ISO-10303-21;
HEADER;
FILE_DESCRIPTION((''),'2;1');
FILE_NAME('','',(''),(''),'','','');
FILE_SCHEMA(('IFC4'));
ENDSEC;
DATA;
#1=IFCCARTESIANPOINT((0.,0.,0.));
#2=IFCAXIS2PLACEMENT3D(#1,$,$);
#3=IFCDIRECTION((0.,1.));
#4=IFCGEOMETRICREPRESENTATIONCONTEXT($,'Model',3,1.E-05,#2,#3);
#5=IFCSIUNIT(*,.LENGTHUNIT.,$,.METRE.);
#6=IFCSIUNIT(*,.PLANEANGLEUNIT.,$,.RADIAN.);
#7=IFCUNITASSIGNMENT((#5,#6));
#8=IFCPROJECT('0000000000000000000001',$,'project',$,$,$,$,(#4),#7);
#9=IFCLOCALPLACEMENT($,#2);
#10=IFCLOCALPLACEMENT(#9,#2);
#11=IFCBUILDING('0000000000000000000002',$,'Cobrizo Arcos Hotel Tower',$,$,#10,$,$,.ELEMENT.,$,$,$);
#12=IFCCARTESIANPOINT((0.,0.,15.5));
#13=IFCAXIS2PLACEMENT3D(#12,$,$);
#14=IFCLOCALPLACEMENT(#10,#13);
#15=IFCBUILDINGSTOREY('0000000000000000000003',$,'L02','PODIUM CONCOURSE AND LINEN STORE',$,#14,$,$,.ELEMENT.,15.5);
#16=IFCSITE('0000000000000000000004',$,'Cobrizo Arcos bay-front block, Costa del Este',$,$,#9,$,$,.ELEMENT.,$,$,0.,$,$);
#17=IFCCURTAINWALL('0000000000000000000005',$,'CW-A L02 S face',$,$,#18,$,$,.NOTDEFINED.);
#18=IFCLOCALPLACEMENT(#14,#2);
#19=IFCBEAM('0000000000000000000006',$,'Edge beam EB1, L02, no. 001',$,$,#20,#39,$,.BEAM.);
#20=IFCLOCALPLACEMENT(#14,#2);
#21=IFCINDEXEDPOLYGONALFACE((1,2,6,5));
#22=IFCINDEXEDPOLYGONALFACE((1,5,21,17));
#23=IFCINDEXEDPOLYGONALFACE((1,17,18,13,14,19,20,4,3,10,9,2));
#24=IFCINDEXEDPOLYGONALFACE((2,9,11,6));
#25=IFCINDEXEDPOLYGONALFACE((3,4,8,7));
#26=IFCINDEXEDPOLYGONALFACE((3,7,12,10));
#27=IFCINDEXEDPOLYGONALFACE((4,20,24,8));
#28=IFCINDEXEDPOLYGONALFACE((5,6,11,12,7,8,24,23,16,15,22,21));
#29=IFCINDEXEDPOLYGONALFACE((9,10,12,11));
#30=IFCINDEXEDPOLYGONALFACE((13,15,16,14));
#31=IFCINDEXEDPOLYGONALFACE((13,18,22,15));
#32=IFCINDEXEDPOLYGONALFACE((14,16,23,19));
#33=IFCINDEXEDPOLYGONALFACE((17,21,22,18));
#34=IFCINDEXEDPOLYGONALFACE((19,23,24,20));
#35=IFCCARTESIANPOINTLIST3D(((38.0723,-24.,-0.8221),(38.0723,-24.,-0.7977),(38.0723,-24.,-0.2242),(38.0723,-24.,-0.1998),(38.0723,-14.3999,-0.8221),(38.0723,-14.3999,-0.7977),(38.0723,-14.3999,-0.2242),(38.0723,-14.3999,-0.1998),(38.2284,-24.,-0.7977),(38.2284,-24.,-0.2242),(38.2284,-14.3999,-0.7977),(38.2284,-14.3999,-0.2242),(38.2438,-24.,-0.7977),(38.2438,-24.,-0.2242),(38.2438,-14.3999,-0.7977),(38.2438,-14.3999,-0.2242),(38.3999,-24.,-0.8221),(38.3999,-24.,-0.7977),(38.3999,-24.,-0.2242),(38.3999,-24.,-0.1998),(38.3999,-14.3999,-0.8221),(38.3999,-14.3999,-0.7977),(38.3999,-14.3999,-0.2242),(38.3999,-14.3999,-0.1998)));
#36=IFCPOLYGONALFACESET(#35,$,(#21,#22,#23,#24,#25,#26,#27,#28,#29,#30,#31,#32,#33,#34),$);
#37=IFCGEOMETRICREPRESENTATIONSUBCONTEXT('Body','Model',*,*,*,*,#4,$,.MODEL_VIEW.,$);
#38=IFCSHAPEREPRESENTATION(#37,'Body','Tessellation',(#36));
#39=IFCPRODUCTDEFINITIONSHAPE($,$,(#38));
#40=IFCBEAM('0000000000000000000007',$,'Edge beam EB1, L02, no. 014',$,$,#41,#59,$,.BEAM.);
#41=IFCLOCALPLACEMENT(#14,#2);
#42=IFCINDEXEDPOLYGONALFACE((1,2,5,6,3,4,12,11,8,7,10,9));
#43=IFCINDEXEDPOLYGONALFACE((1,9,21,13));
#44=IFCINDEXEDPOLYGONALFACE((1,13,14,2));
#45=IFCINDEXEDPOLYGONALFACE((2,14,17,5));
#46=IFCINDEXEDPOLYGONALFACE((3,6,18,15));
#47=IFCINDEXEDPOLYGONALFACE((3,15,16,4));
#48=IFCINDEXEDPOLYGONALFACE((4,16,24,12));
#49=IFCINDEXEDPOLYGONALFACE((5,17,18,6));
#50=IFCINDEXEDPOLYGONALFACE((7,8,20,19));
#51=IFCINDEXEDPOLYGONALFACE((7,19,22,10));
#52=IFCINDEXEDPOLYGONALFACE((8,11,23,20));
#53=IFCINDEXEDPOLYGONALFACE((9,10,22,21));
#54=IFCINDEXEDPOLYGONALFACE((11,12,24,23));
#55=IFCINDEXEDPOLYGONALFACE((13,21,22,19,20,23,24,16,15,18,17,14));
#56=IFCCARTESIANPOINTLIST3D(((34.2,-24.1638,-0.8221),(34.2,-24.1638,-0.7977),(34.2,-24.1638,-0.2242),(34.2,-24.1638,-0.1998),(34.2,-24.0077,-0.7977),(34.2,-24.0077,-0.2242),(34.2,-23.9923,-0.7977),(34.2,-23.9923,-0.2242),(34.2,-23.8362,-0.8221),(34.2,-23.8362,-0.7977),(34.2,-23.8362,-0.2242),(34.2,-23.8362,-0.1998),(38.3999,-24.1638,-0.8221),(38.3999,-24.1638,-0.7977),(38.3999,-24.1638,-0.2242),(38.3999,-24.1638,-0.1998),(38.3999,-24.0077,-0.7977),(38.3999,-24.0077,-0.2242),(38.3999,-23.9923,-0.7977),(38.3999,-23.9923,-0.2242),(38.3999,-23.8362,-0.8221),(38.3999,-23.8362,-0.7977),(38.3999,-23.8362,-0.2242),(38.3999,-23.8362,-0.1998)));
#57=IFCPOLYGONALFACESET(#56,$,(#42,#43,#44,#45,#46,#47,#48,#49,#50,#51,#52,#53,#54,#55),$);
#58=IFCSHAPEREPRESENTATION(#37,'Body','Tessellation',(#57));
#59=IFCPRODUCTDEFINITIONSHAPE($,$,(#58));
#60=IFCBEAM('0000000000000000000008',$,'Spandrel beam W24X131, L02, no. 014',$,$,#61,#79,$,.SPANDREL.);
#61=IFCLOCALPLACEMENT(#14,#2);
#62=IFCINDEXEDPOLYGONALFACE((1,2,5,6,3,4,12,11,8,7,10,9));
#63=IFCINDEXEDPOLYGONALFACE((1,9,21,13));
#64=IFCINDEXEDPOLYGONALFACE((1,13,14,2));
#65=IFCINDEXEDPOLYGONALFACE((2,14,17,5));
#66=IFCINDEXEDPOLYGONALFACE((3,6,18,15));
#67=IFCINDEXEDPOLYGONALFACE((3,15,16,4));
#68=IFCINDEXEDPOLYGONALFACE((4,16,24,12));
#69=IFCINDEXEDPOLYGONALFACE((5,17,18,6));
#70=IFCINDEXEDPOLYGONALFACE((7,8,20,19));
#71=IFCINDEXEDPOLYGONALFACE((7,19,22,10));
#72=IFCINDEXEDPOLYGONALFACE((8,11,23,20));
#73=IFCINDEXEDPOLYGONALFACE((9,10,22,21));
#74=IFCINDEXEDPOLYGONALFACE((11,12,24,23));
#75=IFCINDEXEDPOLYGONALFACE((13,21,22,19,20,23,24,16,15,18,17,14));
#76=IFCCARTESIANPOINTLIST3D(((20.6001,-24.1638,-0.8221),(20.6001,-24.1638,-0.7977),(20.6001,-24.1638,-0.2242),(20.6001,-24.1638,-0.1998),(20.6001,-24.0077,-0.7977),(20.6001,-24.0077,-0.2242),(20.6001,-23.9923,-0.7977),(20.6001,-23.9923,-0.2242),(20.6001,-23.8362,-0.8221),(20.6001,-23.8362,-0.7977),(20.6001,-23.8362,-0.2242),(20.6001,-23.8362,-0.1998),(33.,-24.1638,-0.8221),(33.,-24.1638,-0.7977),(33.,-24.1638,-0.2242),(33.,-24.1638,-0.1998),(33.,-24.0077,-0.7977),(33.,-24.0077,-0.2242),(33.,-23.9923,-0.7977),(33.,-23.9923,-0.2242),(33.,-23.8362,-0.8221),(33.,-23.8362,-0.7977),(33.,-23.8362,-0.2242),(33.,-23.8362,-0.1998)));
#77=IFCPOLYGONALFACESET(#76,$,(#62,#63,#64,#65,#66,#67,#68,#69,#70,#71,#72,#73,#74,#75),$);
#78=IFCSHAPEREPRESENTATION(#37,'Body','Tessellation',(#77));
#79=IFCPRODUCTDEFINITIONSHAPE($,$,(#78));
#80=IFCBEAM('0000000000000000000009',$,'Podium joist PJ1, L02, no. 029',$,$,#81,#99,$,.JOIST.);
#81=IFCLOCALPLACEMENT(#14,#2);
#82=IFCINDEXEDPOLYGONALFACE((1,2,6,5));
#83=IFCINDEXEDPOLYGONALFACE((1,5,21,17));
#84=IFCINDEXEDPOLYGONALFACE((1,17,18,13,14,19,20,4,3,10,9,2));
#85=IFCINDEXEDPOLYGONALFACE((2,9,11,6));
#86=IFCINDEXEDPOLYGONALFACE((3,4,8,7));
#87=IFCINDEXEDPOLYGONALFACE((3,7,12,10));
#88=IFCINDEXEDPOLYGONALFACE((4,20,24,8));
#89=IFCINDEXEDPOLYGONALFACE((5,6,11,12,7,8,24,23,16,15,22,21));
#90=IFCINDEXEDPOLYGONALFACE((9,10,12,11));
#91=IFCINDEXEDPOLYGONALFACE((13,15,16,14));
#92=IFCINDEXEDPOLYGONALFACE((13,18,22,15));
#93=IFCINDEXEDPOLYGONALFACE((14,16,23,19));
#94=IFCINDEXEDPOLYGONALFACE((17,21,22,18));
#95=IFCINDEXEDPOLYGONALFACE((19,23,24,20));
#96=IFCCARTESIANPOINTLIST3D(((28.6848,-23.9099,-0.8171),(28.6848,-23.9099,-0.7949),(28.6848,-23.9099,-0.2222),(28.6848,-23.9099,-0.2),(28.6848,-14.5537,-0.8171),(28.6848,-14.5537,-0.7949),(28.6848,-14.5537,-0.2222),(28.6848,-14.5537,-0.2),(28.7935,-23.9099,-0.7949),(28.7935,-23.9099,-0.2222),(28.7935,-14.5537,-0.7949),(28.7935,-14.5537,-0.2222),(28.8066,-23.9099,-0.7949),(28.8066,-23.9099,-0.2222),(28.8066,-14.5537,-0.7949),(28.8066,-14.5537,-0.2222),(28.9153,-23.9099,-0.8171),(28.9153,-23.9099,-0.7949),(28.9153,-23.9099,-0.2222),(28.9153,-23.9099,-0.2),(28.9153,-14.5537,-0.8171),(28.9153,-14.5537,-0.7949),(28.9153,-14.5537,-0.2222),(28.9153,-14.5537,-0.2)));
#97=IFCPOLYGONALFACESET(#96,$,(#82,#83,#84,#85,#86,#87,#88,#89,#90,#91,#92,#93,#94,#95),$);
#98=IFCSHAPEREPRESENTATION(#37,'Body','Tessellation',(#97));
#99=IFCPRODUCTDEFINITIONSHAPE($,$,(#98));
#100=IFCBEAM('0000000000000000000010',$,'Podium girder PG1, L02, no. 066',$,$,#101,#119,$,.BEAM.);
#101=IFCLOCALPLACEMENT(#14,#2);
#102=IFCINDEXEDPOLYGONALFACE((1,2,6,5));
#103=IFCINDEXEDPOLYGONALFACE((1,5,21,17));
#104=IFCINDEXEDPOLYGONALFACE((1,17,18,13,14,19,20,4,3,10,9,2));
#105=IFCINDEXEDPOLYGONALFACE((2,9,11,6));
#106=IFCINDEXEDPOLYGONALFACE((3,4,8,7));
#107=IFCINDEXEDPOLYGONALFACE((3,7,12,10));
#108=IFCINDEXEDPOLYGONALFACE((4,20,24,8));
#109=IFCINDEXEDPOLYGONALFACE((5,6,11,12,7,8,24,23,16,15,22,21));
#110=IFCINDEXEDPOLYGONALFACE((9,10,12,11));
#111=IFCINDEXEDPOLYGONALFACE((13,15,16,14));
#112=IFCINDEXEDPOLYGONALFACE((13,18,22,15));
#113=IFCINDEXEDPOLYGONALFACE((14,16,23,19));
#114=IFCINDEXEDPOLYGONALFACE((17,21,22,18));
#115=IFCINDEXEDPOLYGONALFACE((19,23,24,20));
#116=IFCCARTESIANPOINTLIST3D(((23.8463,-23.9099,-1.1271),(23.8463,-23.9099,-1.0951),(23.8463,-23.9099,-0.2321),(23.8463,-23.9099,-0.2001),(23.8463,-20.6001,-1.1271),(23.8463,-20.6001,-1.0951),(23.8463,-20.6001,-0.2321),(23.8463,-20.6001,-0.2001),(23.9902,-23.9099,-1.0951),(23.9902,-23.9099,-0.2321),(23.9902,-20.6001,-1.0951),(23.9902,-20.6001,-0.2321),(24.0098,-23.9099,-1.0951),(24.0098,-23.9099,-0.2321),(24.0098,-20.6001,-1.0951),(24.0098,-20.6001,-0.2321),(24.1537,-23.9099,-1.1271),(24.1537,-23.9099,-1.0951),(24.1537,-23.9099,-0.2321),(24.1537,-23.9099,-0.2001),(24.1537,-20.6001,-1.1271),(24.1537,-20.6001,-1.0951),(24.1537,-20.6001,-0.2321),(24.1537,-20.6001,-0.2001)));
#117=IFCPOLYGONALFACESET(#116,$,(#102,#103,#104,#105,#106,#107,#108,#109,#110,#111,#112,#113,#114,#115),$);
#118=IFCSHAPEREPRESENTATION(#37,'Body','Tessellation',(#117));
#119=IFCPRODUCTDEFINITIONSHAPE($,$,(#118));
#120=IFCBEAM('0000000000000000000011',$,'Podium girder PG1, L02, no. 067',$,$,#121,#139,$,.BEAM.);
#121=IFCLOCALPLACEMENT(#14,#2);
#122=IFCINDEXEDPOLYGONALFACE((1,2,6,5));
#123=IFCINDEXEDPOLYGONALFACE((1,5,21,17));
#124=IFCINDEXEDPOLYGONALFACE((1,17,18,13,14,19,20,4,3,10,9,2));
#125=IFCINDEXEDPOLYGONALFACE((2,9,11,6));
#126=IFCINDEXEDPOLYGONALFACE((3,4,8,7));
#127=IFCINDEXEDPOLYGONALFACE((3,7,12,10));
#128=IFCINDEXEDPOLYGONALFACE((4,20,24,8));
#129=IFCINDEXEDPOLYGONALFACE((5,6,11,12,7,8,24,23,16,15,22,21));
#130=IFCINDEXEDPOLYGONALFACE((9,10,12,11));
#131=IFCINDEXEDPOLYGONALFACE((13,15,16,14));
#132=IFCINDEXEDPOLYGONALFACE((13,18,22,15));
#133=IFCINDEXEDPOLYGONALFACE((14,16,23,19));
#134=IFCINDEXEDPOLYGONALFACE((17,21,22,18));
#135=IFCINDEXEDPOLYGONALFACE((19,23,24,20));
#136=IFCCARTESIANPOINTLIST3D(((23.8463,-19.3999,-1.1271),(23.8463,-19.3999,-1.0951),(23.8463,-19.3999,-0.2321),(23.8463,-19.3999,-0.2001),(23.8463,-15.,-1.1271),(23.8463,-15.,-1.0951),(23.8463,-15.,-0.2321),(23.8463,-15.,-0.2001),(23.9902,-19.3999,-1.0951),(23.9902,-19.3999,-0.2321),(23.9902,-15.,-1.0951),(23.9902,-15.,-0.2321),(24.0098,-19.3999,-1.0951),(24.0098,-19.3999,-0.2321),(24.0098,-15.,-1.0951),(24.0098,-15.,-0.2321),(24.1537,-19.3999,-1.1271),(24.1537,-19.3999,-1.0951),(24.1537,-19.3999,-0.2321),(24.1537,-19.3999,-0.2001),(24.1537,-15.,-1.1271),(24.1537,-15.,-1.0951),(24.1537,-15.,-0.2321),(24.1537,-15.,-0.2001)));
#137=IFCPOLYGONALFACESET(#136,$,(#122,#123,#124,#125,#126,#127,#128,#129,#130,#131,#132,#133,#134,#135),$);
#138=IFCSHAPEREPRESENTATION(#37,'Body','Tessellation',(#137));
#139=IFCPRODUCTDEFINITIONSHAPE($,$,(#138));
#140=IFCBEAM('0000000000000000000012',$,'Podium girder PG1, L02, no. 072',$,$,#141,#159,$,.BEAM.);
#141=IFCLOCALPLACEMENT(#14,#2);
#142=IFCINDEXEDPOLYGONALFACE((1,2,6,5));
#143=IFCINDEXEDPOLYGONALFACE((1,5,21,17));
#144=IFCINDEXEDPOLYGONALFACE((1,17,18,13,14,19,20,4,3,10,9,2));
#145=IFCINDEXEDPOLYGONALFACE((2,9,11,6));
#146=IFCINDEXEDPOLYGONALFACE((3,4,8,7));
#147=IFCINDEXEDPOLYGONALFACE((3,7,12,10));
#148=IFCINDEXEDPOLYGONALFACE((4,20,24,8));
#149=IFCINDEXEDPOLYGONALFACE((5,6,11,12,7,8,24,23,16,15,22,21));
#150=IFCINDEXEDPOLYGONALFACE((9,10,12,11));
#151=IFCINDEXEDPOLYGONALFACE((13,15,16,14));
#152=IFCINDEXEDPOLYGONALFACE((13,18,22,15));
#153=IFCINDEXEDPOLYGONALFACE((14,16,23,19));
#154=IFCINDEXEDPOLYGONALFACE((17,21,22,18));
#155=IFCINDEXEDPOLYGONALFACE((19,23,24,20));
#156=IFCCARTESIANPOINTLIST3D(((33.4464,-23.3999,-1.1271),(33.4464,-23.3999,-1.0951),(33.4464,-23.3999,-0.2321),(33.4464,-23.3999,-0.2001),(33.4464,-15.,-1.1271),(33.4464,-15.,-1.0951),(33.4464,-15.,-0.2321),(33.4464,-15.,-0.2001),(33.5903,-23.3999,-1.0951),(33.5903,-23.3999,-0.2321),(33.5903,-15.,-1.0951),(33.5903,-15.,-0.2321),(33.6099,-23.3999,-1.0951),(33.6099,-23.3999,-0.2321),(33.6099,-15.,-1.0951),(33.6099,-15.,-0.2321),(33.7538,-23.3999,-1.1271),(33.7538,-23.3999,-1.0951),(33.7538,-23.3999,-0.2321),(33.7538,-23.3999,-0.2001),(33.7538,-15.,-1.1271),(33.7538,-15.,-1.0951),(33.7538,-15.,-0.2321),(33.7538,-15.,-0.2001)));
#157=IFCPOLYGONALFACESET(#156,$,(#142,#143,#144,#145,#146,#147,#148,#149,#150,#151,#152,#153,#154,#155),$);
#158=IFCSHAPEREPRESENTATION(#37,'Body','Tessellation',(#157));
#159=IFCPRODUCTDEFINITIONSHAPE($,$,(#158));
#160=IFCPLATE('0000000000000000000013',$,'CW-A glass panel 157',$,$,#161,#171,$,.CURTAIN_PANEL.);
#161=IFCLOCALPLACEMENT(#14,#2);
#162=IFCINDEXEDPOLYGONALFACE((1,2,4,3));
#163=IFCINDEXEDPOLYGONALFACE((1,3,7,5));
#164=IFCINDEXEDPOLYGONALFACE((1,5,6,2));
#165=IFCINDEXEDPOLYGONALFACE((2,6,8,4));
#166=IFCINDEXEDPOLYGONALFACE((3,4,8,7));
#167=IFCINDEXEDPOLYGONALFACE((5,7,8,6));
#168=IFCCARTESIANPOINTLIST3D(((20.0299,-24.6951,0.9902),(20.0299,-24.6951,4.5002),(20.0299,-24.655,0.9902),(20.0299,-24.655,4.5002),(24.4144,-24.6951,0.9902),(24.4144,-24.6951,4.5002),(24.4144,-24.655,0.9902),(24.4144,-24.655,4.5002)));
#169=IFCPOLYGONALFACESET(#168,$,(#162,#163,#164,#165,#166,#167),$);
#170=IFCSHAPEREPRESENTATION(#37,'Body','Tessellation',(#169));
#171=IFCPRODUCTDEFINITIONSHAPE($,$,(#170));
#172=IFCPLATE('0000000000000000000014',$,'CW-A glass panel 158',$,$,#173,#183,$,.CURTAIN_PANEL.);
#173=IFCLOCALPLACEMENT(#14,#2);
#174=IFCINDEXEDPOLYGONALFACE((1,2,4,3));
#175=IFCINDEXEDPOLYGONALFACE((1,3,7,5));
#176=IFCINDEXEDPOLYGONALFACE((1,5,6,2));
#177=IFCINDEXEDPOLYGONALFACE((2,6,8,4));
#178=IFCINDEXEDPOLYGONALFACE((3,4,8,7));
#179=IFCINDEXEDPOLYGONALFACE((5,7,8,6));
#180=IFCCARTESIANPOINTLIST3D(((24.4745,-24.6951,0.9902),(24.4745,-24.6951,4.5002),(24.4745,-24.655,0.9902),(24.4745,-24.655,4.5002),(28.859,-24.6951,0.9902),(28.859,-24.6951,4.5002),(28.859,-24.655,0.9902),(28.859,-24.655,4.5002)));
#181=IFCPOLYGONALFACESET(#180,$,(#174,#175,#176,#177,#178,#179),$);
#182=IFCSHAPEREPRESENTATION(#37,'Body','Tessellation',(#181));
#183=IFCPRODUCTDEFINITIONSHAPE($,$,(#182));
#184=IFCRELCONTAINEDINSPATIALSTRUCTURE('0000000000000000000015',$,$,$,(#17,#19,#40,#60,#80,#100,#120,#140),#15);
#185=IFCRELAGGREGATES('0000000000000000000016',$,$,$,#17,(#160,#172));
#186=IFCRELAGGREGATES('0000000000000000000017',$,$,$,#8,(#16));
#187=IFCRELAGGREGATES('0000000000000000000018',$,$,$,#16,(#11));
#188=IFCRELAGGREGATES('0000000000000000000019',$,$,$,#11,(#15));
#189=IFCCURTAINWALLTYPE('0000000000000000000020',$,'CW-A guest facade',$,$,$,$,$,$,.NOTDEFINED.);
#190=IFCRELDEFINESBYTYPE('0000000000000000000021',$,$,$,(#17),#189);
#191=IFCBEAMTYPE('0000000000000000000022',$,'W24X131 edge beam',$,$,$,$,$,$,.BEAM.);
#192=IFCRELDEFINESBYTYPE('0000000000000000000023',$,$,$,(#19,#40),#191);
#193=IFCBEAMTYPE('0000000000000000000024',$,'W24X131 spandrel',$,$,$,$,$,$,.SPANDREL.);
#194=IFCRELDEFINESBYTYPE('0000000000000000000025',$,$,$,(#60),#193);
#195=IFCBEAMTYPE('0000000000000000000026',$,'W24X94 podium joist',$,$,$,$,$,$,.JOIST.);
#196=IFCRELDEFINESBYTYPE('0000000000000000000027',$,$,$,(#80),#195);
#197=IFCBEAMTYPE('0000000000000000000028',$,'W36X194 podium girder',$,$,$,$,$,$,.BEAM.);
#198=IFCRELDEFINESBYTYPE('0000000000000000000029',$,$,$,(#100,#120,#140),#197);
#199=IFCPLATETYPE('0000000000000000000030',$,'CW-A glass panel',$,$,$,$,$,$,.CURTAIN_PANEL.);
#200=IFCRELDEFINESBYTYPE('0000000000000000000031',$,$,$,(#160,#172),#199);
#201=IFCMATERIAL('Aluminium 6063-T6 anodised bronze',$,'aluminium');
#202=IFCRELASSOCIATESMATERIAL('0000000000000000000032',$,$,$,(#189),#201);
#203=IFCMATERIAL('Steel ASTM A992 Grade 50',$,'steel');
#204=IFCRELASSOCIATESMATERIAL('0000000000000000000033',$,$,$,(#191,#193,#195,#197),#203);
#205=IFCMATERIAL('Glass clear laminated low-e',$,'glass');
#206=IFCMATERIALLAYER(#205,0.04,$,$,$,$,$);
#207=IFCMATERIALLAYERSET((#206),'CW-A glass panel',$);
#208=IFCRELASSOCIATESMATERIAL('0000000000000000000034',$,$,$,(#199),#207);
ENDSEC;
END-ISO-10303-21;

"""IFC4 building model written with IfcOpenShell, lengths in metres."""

from ifc_helpers import new_model, si_unit, direction, frame, origin, origin_2d, place, context, subcontext, project, spatial, rectangle, i_section, extrude, material, layer, layer_set, material_profile, profile_set, type_object, element, aggregate, save


model = new_model("IFC4")

# Units and contexts
model_context = context("Model", 3, precision=1e-05, world=origin(), true_north=direction((0.0, 1.0)))
body_context = subcontext(model_context, "Body", "Model", "MODEL_VIEW")
ifc_project = project(units=[si_unit("LENGTHUNIT", "METRE"), si_unit("PLANEANGLEUNIT", "RADIAN")], contexts=[model_context])

# Site, building, storey
site_placement = place(None, origin())
site = spatial("IfcSite", under=ifc_project, at=site_placement, Name="Cobrizo Arcos bay-front block, Costa del Este", CompositionType="ELEMENT", RefElevation=0.0)
building_placement = place(site_placement, origin())
building = spatial("IfcBuilding", under=site, at=building_placement, Name="Cobrizo Arcos Hotel Tower", CompositionType="ELEMENT")
storey_placement = place(building_placement, frame((0.0, 0.0, 15.5)))
storey = spatial("IfcBuildingStorey", under=building, at=storey_placement, Name="L02", Description="PODIUM CONCOURSE AND LINEN STORE", CompositionType="ELEMENT", Elevation=15.5)

# Curtain wall
ifc_material_1 = material(Name="Aluminium 6063-T6 anodised bronze", Category="aluminium")
curtain_wall_type_1 = type_object("IfcCurtainWallType", Name="CW-A guest facade", PredefinedType="NOTDEFINED", material=ifc_material_1)
curtain_wall_1_placement = place(storey_placement, origin())
curtain_wall_1 = element("IfcCurtainWall", 1, at=curtain_wall_1_placement, inside=storey, type_object=curtain_wall_type_1, Name="CW-A L02 S face", PredefinedType="NOTDEFINED")

# Beams
ifc_material_2 = material(Name="Steel ASTM A992 Grade 50", Category="steel")
ifc_material_profile_1 = material_profile(ifc_material_2, i_section(OverallWidth=0.3276, OverallDepth=0.6223, WebThickness=0.0154, FlangeThickness=0.0244, at=origin_2d()), Name="W24X131")
ifc_profile_set_1 = profile_set([ifc_material_profile_1], Name="Steel ASTM A992 Grade 50")
beam_type_1 = type_object("IfcBeamType", Name="W24X131 edge beam", PredefinedType="BEAM", material=ifc_profile_set_1)
beam_1_placement = place(storey_placement, frame((38.2361, -24.0, -0.511), z_axis=(0.0, 1.0, 0.0), x_axis=(-1.0, 0.0, 0.0)))
element("IfcBeam", 2, at=beam_1_placement, inside=storey, type_object=beam_type_1, Name="Edge beam EB1, L02, no. 001", PredefinedType="BEAM", context=body_context, shape_type="SweptSolid", body=[
    extrude(i_section(OverallWidth=0.3276, OverallDepth=0.6223, WebThickness=0.0154, FlangeThickness=0.0244, at=origin_2d()), origin(), (0.0, 0.0, 1.0), 9.6001),
])
beam_2_placement = place(storey_placement, frame((34.2, -24.0, -0.511), z_axis=(1.0, 0.0, 0.0), x_axis=(0.0, 1.0, 0.0)))
element("IfcBeam", 3, at=beam_2_placement, inside=storey, type_object=beam_type_1, Name="Edge beam EB1, L02, no. 014", PredefinedType="BEAM", context=body_context, shape_type="SweptSolid", body=[
    extrude(i_section(OverallWidth=0.3276, OverallDepth=0.6223, WebThickness=0.0154, FlangeThickness=0.0244, at=origin_2d()), origin(), (0.0, 0.0, 1.0), 4.2),
])
ifc_material_profile_2 = material_profile(ifc_material_2, i_section(OverallWidth=0.3276, OverallDepth=0.6223, WebThickness=0.0154, FlangeThickness=0.0244, at=origin_2d()), Name="W24X131")
ifc_profile_set_2 = profile_set([ifc_material_profile_2], Name="Steel ASTM A992 Grade 50")
beam_type_2 = type_object("IfcBeamType", Name="W24X131 spandrel", PredefinedType="SPANDREL", material=ifc_profile_set_2)
beam_3_placement = place(storey_placement, frame((20.6001, -24.0, -0.511), z_axis=(1.0, 0.0, 0.0), x_axis=(0.0, 1.0, 0.0)))
element("IfcBeam", 4, at=beam_3_placement, inside=storey, type_object=beam_type_2, Name="Spandrel beam W24X131, L02, no. 014", PredefinedType="SPANDREL", context=body_context, shape_type="SweptSolid", body=[
    extrude(i_section(OverallWidth=0.3276, OverallDepth=0.6223, WebThickness=0.0154, FlangeThickness=0.0244, at=origin_2d()), origin(), (0.0, 0.0, 1.0), 12.3999),
])
ifc_material_profile_3 = material_profile(ifc_material_2, i_section(OverallWidth=0.2305, OverallDepth=0.6172, WebThickness=0.0132, FlangeThickness=0.0222, at=origin_2d()), Name="W24X94")
ifc_profile_set_3 = profile_set([ifc_material_profile_3], Name="Steel ASTM A992 Grade 50")
beam_type_3 = type_object("IfcBeamType", Name="W24X94 podium joist", PredefinedType="JOIST", material=ifc_profile_set_3)
beam_4_placement = place(storey_placement, frame((28.8, -23.9099, -0.5085), z_axis=(0.0, 1.0, 0.0), x_axis=(-1.0, 0.0, 0.0)))
element("IfcBeam", 5, at=beam_4_placement, inside=storey, type_object=beam_type_3, Name="Podium joist PJ1, L02, no. 029", PredefinedType="JOIST", context=body_context, shape_type="SweptSolid", body=[
    extrude(i_section(OverallWidth=0.2305, OverallDepth=0.6172, WebThickness=0.0132, FlangeThickness=0.0222, at=origin_2d()), origin(), (0.0, 0.0, 1.0), 9.3562),
])
ifc_material_profile_4 = material_profile(ifc_material_2, i_section(OverallWidth=0.3074, OverallDepth=0.927, WebThickness=0.0195, FlangeThickness=0.032, at=origin_2d()), Name="W36X194")
ifc_profile_set_4 = profile_set([ifc_material_profile_4], Name="Steel ASTM A992 Grade 50")
beam_type_4 = type_object("IfcBeamType", Name="W36X194 podium girder", PredefinedType="BEAM", material=ifc_profile_set_4)
beam_5_placement = place(storey_placement, frame((24.0, -23.9099, -0.6636), z_axis=(0.0, 1.0, 0.0), x_axis=(-1.0, 0.0, 0.0)))
element("IfcBeam", 6, at=beam_5_placement, inside=storey, type_object=beam_type_4, Name="Podium girder PG1, L02, no. 066", PredefinedType="BEAM", context=body_context, shape_type="SweptSolid", body=[
    extrude(i_section(OverallWidth=0.3074, OverallDepth=0.927, WebThickness=0.0195, FlangeThickness=0.032, at=origin_2d()), origin(), (0.0, 0.0, 1.0), 3.3098),
])
beam_6_placement = place(storey_placement, frame((24.0, -19.3999, -0.6636), z_axis=(0.0, 1.0, 0.0), x_axis=(-1.0, 0.0, 0.0)))
element("IfcBeam", 7, at=beam_6_placement, inside=storey, type_object=beam_type_4, Name="Podium girder PG1, L02, no. 067", PredefinedType="BEAM", context=body_context, shape_type="SweptSolid", body=[
    extrude(i_section(OverallWidth=0.3074, OverallDepth=0.927, WebThickness=0.0195, FlangeThickness=0.032, at=origin_2d()), origin(), (0.0, 0.0, 1.0), 4.3999),
])
beam_7_placement = place(storey_placement, frame((33.6001, -23.3999, -0.6636), z_axis=(0.0, 1.0, 0.0), x_axis=(-1.0, 0.0, 0.0)))
element("IfcBeam", 8, at=beam_7_placement, inside=storey, type_object=beam_type_4, Name="Podium girder PG1, L02, no. 072", PredefinedType="BEAM", context=body_context, shape_type="SweptSolid", body=[
    extrude(i_section(OverallWidth=0.3074, OverallDepth=0.927, WebThickness=0.0195, FlangeThickness=0.032, at=origin_2d()), origin(), (0.0, 0.0, 1.0), 8.3999),
])

# Plates
ifc_material_3 = material(Name="Glass clear laminated low-e", Category="glass")
ifc_layer_1 = layer(ifc_material_3, 0.04)
ifc_layer_set_1 = layer_set([ifc_layer_1], Name="CW-A glass panel")
plate_type_1 = type_object("IfcPlateType", Name="CW-A glass panel", PredefinedType="CURTAIN_PANEL", material=ifc_layer_set_1)
plate_1_placement = place(storey_placement, frame((22.2222, -24.675, 0.9902), z_axis=(0.0, 0.0, 1.0), x_axis=(1.0, 0.0, 0.0)))
plate_1 = element("IfcPlate", 9, at=plate_1_placement, type_object=plate_type_1, Name="CW-A glass panel 157", PredefinedType="CURTAIN_PANEL", context=body_context, shape_type="SweptSolid", body=[
    extrude(rectangle(XDim=4.3845, YDim=0.04, at=origin_2d()), origin(), (0.0, 0.0, 1.0), 3.51),
])
plate_2_placement = place(storey_placement, frame((26.6667, -24.675, 0.9902), z_axis=(0.0, 0.0, 1.0), x_axis=(1.0, 0.0, 0.0)))
plate_2 = element("IfcPlate", 10, at=plate_2_placement, type_object=plate_type_1, Name="CW-A glass panel 158", PredefinedType="CURTAIN_PANEL", context=body_context, shape_type="SweptSolid", body=[
    extrude(rectangle(XDim=4.3845, YDim=0.04, at=origin_2d()), origin(), (0.0, 0.0, 1.0), 3.51),
])
aggregate(curtain_wall_1, [plate_1, plate_2])

save(model, "model.ifc")
